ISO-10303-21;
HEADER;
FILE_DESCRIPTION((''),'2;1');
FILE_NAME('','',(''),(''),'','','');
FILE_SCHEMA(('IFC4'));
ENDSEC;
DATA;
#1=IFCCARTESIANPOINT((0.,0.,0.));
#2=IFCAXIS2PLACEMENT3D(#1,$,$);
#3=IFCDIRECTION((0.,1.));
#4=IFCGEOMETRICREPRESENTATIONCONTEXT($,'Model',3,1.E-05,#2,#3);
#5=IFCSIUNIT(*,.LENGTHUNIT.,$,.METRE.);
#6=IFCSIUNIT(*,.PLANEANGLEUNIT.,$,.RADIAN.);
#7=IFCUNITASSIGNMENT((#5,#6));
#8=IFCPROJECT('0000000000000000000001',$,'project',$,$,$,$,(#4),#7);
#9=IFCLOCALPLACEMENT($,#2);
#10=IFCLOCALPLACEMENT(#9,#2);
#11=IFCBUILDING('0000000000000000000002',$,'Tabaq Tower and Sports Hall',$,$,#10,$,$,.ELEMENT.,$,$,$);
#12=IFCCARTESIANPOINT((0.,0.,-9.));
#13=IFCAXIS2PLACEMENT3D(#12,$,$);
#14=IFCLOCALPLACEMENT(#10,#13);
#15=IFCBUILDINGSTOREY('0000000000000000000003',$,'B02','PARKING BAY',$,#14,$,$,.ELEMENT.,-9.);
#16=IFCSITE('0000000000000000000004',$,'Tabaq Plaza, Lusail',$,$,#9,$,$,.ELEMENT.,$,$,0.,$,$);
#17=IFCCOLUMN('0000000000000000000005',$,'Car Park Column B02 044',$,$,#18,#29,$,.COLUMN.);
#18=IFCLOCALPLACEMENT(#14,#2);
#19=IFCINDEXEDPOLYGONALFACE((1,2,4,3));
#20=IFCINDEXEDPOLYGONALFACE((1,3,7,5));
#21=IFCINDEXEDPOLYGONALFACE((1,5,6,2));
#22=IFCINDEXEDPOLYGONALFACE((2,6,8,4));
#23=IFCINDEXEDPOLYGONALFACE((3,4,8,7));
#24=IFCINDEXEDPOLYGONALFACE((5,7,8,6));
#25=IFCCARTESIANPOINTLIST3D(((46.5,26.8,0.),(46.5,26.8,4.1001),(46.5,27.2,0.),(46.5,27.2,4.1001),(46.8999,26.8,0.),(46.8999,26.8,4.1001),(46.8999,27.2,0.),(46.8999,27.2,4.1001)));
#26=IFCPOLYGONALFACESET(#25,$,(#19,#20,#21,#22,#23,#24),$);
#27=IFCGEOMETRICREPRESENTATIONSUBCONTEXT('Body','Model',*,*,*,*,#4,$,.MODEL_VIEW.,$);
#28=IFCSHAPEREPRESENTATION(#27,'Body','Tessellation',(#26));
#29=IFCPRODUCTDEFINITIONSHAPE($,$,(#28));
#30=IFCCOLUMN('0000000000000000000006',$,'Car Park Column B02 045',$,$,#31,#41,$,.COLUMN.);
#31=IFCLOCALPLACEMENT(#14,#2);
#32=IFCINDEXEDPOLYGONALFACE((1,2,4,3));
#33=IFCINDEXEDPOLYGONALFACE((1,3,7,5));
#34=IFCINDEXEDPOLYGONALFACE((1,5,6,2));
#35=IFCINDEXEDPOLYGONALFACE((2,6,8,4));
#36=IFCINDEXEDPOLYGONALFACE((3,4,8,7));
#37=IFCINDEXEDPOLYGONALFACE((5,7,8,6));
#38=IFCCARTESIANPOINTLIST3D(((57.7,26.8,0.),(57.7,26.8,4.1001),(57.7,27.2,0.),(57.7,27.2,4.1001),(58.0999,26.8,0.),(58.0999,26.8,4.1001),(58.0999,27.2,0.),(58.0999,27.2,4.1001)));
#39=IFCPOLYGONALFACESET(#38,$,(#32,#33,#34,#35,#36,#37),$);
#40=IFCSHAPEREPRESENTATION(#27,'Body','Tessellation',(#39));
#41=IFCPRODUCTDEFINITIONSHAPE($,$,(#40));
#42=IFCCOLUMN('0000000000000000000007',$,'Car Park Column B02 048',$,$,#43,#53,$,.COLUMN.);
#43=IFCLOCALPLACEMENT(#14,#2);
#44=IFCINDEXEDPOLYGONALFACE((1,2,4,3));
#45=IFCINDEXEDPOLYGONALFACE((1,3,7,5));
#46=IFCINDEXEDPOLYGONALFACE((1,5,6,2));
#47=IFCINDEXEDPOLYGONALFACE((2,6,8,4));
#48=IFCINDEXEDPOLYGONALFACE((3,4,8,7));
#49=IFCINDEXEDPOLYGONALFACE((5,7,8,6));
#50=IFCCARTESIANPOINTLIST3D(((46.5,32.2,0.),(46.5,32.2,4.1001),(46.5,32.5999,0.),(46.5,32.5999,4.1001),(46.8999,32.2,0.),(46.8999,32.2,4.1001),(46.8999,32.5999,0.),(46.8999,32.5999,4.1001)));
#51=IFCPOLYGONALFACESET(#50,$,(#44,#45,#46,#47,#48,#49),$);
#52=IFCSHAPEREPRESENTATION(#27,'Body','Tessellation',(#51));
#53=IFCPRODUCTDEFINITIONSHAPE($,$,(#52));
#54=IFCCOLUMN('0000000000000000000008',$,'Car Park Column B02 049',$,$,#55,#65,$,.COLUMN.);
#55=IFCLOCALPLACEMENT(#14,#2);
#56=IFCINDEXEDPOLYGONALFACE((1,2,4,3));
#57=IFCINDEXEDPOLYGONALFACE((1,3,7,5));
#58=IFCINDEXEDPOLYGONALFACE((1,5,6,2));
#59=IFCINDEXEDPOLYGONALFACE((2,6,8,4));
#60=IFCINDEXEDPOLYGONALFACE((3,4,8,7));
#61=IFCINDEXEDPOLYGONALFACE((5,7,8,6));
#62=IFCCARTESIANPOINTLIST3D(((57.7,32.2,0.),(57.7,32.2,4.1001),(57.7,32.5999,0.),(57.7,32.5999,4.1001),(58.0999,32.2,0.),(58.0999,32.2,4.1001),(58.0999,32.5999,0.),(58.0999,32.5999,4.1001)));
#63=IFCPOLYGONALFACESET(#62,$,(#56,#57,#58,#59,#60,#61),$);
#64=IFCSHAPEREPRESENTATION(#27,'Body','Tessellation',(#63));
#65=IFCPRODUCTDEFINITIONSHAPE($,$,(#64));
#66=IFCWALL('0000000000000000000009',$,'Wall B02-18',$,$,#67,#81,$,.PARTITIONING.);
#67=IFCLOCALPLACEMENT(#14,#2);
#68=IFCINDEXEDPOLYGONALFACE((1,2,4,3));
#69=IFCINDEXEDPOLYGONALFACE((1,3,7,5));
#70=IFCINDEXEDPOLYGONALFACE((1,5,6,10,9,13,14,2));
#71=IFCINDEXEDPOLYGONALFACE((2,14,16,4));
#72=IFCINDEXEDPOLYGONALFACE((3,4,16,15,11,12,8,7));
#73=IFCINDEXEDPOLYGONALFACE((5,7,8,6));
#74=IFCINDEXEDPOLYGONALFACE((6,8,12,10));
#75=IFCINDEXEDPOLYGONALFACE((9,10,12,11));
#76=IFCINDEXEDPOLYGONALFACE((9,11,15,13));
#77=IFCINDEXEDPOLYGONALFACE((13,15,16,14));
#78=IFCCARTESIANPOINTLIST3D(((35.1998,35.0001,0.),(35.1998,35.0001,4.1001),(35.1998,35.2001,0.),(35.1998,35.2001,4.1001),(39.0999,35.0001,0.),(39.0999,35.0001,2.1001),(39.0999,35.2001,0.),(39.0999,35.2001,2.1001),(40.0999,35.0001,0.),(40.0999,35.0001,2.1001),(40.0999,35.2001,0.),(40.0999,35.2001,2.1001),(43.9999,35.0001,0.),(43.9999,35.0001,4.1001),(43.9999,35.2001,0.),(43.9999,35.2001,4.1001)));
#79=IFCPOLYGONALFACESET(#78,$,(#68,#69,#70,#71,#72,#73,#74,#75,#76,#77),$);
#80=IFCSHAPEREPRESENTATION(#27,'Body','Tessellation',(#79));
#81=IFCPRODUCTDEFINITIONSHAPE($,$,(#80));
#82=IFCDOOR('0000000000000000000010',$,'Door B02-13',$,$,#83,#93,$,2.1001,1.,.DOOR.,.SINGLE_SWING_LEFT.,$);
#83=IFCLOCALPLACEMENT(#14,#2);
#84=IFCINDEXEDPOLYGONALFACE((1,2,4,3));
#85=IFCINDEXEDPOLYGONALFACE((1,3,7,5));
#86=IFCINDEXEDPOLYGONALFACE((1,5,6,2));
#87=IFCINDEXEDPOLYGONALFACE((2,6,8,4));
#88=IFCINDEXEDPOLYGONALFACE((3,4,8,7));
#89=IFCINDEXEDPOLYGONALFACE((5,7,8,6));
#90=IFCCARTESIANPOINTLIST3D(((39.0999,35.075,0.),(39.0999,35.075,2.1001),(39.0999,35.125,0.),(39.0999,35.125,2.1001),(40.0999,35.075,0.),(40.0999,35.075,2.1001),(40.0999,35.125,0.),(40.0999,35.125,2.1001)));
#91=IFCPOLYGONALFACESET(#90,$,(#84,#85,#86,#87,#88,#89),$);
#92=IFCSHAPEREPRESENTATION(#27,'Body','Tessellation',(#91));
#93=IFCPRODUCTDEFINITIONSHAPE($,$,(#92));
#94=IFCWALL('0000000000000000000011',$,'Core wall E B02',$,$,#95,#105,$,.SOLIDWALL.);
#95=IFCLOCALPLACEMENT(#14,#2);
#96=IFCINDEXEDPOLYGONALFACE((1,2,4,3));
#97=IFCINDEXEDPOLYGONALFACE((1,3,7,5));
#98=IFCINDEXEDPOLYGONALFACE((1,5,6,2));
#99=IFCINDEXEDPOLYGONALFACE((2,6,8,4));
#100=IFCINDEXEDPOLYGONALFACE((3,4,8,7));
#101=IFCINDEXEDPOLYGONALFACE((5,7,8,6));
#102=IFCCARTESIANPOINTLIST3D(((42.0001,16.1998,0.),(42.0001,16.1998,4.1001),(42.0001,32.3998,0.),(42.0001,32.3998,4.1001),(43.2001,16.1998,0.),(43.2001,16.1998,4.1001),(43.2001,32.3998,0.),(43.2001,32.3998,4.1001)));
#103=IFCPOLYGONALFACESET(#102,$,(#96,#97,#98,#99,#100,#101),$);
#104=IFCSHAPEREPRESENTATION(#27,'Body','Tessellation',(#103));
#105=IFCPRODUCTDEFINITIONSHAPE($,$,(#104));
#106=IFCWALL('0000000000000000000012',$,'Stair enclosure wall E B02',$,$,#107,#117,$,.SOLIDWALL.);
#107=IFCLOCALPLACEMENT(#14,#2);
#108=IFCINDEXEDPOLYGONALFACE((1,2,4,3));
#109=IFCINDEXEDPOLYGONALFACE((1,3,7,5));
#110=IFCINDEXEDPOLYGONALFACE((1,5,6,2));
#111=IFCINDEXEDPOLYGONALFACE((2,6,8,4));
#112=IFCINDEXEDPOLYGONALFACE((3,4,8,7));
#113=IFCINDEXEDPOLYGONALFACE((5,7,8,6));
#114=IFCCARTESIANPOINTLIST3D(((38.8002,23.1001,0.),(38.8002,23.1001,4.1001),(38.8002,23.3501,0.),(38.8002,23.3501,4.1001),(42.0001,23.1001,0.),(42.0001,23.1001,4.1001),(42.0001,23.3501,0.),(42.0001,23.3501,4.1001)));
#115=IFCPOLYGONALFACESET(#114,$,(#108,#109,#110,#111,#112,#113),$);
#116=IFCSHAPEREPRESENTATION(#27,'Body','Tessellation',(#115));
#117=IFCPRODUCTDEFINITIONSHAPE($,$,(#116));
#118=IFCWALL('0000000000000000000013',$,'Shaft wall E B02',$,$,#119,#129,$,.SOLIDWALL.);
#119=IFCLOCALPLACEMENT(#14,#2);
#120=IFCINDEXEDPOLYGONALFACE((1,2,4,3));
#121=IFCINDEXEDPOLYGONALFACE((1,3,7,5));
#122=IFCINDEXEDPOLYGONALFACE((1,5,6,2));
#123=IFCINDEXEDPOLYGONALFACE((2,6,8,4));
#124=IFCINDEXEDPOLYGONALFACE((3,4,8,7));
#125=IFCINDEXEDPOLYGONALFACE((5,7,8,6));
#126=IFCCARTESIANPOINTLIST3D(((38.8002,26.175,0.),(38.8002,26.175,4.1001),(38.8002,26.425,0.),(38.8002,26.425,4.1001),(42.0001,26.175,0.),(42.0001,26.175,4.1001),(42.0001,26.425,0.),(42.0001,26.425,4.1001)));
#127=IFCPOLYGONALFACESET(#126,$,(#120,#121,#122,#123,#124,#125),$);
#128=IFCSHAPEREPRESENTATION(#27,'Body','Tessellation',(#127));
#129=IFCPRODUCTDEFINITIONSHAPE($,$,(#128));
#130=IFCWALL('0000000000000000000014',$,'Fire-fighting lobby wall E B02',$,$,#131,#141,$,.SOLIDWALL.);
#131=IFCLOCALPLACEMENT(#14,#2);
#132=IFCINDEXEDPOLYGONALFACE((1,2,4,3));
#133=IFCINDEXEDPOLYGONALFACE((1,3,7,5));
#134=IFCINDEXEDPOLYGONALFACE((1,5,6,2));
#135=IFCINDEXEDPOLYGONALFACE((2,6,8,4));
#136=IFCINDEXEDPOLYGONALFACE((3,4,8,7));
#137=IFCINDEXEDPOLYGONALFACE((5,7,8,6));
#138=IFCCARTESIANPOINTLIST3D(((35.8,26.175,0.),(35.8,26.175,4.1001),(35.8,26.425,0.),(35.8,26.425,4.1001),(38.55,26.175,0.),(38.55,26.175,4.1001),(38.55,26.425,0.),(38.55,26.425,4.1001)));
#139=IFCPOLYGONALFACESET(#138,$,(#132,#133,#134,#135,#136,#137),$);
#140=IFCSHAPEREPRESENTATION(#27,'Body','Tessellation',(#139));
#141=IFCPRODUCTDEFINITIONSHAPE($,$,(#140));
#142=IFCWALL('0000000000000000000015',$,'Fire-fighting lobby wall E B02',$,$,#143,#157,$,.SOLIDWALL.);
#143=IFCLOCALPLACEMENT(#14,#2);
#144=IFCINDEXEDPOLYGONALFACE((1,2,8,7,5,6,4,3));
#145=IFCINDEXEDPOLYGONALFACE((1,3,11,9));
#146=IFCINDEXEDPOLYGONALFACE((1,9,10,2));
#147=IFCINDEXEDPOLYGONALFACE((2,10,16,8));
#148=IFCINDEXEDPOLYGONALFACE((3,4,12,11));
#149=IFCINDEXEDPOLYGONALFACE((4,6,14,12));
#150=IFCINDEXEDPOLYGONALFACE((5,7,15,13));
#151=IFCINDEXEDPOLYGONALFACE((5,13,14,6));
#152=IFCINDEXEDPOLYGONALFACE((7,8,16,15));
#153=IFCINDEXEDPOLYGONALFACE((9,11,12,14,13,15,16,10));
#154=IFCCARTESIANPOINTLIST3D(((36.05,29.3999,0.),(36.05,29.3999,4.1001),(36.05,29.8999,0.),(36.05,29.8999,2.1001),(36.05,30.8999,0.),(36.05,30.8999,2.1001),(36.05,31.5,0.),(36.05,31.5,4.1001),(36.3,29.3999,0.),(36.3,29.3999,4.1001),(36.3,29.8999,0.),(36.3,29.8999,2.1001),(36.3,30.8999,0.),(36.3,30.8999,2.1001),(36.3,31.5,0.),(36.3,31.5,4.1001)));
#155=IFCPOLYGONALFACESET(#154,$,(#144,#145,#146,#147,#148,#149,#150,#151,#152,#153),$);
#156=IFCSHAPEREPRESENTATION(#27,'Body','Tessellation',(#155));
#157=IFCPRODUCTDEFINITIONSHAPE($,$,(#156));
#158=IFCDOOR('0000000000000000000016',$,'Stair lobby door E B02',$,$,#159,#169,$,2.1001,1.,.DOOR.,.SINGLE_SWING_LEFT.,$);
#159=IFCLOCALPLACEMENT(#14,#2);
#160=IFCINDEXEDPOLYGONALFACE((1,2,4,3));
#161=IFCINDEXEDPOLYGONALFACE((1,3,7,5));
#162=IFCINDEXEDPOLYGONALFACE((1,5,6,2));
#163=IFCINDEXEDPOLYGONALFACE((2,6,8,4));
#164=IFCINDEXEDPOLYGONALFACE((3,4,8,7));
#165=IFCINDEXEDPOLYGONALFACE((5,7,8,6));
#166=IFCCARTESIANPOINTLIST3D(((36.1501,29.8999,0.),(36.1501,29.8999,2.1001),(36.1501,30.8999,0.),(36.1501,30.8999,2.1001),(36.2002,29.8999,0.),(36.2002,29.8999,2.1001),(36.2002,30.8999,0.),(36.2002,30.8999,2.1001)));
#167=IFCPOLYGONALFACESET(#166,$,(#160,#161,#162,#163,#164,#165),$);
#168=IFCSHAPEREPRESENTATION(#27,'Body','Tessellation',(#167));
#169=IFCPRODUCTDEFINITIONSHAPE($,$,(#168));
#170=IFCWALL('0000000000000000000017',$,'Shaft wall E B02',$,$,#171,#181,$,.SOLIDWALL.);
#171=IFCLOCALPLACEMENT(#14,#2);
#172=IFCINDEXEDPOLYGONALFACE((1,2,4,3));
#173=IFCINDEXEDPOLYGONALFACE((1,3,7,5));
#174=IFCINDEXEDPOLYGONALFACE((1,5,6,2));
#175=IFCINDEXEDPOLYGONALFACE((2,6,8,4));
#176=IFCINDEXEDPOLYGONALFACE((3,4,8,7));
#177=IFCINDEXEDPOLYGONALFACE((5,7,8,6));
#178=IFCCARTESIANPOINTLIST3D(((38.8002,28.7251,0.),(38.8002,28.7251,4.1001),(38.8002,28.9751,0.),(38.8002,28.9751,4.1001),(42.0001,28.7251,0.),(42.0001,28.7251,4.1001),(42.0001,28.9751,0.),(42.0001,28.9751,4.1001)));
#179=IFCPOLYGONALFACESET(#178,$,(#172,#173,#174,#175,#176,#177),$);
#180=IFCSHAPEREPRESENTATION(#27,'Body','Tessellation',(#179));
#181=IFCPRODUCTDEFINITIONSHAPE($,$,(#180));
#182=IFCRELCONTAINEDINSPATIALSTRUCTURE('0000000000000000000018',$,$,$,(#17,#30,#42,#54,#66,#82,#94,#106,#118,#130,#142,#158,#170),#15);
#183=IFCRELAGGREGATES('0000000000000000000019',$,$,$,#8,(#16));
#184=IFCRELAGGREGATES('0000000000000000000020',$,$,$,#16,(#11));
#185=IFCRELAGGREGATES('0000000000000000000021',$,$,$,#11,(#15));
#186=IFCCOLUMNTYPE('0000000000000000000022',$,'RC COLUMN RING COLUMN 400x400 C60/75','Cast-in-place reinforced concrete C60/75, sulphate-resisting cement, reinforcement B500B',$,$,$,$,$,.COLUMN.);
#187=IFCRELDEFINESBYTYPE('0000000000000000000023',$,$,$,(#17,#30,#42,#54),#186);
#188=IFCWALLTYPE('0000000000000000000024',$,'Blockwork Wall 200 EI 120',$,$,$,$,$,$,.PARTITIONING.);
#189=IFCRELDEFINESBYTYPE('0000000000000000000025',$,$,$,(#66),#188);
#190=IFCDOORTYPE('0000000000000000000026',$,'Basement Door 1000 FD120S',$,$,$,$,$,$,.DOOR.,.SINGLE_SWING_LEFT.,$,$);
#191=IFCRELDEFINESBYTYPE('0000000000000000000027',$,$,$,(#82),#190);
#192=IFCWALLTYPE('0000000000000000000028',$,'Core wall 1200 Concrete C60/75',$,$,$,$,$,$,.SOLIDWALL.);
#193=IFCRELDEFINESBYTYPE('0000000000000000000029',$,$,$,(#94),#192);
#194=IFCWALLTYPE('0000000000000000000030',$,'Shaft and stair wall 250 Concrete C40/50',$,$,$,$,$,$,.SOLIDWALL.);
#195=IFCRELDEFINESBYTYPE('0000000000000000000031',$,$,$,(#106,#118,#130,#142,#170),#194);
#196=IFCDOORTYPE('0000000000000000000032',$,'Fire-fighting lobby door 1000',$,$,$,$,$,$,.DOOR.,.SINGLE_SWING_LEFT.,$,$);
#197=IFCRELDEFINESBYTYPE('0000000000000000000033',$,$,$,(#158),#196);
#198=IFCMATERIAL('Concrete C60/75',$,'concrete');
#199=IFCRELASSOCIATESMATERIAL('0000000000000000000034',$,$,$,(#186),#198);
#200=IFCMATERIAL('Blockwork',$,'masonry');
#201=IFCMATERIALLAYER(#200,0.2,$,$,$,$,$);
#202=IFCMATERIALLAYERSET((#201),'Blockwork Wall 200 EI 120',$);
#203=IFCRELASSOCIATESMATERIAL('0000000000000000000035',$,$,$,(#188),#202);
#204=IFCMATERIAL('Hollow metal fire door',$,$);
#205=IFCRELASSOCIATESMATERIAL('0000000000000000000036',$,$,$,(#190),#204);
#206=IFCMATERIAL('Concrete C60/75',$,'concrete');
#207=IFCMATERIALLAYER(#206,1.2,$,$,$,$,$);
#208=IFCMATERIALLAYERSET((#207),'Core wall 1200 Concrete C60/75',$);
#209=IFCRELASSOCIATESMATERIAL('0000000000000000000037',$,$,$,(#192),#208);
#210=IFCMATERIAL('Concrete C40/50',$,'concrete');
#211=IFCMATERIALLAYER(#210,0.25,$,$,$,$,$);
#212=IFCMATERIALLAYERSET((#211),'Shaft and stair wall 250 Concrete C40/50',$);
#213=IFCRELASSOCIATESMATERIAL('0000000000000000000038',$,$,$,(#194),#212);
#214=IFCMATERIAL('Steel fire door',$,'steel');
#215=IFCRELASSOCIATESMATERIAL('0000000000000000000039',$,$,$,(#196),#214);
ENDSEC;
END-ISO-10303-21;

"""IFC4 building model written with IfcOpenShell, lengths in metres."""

from ifc_helpers import new_model, si_unit, direction, frame, frame_2d, origin, origin_2d, place, context, subcontext, project, spatial, rectangle, extrude, material, layer, layer_set, material_profile, profile_set, type_object, element, fill, save


model = new_model("IFC4")

# Units and contexts
model_context = context("Model", 3, precision=1e-05, world=origin(), true_north=direction((0.0, 1.0)))
body_context = subcontext(model_context, "Body", "Model", "MODEL_VIEW")
ifc_project = project(units=[si_unit("LENGTHUNIT", "METRE"), si_unit("PLANEANGLEUNIT", "RADIAN")], contexts=[model_context])

# Site, building, storey
site_placement = place(None, origin())
site = spatial("IfcSite", under=ifc_project, at=site_placement, Name="Tabaq Plaza, Lusail", CompositionType="ELEMENT", RefElevation=0.0)
building_placement = place(site_placement, origin())
building = spatial("IfcBuilding", under=site, at=building_placement, Name="Tabaq Tower and Sports Hall", CompositionType="ELEMENT")
storey_placement = place(building_placement, frame((0.0, 0.0, -9.0)))
storey = spatial("IfcBuildingStorey", under=building, at=storey_placement, Name="B02", Description="PARKING BAY", CompositionType="ELEMENT", Elevation=-9.0)

# Columns
ifc_material_1 = material(Name="Concrete C60/75", Category="concrete")
ifc_material_profile_1 = material_profile(ifc_material_1, rectangle(XDim=0.3999, YDim=0.3999, at=origin_2d()), Name="RING COLUMN 400x400")
ifc_profile_set_1 = profile_set([ifc_material_profile_1], Name="Concrete C60/75")
column_type = type_object("IfcColumnType", Name="RC COLUMN RING COLUMN 400x400 C60/75", Description="Cast-in-place reinforced concrete C60/75, sulphate-resisting cement, reinforcement B500B", PredefinedType="COLUMN", material=ifc_profile_set_1)
for number, where, z_axis, x_axis, name in (
    (1, (46.7, 27.0, 0.0), (0.0, 0.0, 1.0), (1.0, 0.0, 0.0), "Car Park Column B02 044"),
    (2, (57.8999, 27.0, 0.0), (0.0, 0.0, 1.0), (1.0, 0.0, 0.0), "Car Park Column B02 045"),
    (3, (46.7, 32.3999, 0.0), (0.0, 0.0, 1.0), (1.0, 0.0, 0.0), "Car Park Column B02 048"),
    (4, (57.8999, 32.3999, 0.0), (0.0, 0.0, 1.0), (1.0, 0.0, 0.0), "Car Park Column B02 049"),
):
    element("IfcColumn", number, at=place(storey_placement, frame(where, z_axis=z_axis, x_axis=x_axis)), inside=storey, type_object=column_type, Name=name, PredefinedType="COLUMN", context=body_context, shape_type="SweptSolid", body=[
        extrude(rectangle(XDim=0.3999, YDim=0.3999, at=origin_2d()), origin(), (0.0, 0.0, 1.0), 4.1001),
    ])

# Wall, opening, door
ifc_material_2 = material(Name="Blockwork", Category="masonry")
ifc_layer_1 = layer(ifc_material_2, 0.2)
ifc_layer_set_1 = layer_set([ifc_layer_1], Name="Blockwork Wall 200 EI 120")
wall_type_1 = type_object("IfcWallType", Name="Blockwork Wall 200 EI 120", PredefinedType="PARTITIONING", material=ifc_layer_set_1)
wall_1_placement = place(storey_placement, frame((35.2, 35.1001, 0.0), z_axis=(0.0, 0.0, 1.0), x_axis=(1.0, 0.0, 0.0)))
wall_1 = element("IfcWall", 5, at=wall_1_placement, inside=storey, type_object=wall_type_1, Name="Wall B02-18", PredefinedType="PARTITIONING", context=body_context, shape_type="SweptSolid", body=[
    extrude(rectangle(XDim=8.8, YDim=0.2, at=frame_2d((4.3999, 0.0))), origin(), (0.0, 0.0, 1.0), 4.1001),
])
opening_1_placement = place(wall_1_placement, frame((3.8999, 0.0, 0.0)))
opening_1 = element("IfcOpeningElement", 6, at=opening_1_placement, cuts=wall_1, PredefinedType="OPENING", context=body_context, shape_type="SweptSolid", body=[
    extrude(rectangle(XDim=1.0, YDim=2.1001, at=frame_2d((0.5, 1.05))), frame((0.0, 0.1099, 0.0), z_axis=(0.0, -1.0, 0.0), x_axis=(1.0, 0.0, 0.0)), (0.0, 0.0, 1.0), 0.22),
])
ifc_material_3 = material(Name="Hollow metal fire door")
door_type_1 = type_object("IfcDoorType", Name="Basement Door 1000 FD120S", OperationType="SINGLE_SWING_LEFT", PredefinedType="DOOR", material=ifc_material_3)
door_1_placement = place(opening_1_placement, origin())
door_1 = element("IfcDoor", 7, at=door_1_placement, inside=storey, type_object=door_type_1, Name="Door B02-13", OperationType="SINGLE_SWING_LEFT", OverallHeight=2.1001, OverallWidth=1.0, PredefinedType="DOOR", context=body_context, shape_type="SweptSolid", body=[
    extrude(rectangle(XDim=1.0, YDim=2.1001, at=frame_2d((0.5, 1.05))), frame((0.0, 0.0249, 0.0), z_axis=(0.0, -1.0, 0.0), x_axis=(1.0, 0.0, 0.0)), (0.0, 0.0, 1.0), 0.05),
])
fill(opening_1, door_1)

# Walls
ifc_material_4 = material(Name="Concrete C60/75", Category="concrete")
ifc_layer_2 = layer(ifc_material_4, 1.2)
ifc_layer_set_2 = layer_set([ifc_layer_2], Name="Core wall 1200 Concrete C60/75")
wall_type_2 = type_object("IfcWallType", Name="Core wall 1200 Concrete C60/75", PredefinedType="SOLIDWALL", material=ifc_layer_set_2)
wall_2_placement = place(storey_placement, frame((42.6001, 32.3999, 0.0), z_axis=(0.0, 0.0, 1.0), x_axis=(0.0, -1.0, 0.0)))
element("IfcWall", 8, at=wall_2_placement, inside=storey, type_object=wall_type_2, Name="Core wall E B02", PredefinedType="SOLIDWALL", context=body_context, shape_type="SweptSolid", body=[
    extrude(rectangle(XDim=16.2, YDim=1.2, at=frame_2d((8.1001, 0.0))), origin(), (0.0, 0.0, 1.0), 4.1001),
])
ifc_material_5 = material(Name="Concrete C40/50", Category="concrete")
ifc_layer_3 = layer(ifc_material_5, 0.25)
ifc_layer_set_3 = layer_set([ifc_layer_3], Name="Shaft and stair wall 250 Concrete C40/50")
wall_type_3 = type_object("IfcWallType", Name="Shaft and stair wall 250 Concrete C40/50", PredefinedType="SOLIDWALL", material=ifc_layer_set_3)
for number, where, z_axis, x_axis, name in (
    (9, (38.8, 23.2251, 0.0), (0.0, 0.0, 1.0), (1.0, 0.0, 0.0), "Stair enclosure wall E B02"),
    (10, (38.8, 26.3, 0.0), (0.0, 0.0, 1.0), (1.0, 0.0, 0.0), "Shaft wall E B02"),
):
    element("IfcWall", number, at=place(storey_placement, frame(where, z_axis=z_axis, x_axis=x_axis)), inside=storey, type_object=wall_type_3, Name=name, PredefinedType="SOLIDWALL", context=body_context, shape_type="SweptSolid", body=[
        extrude(rectangle(XDim=3.2, YDim=0.25, at=frame_2d((1.6001, 0.0))), origin(), (0.0, 0.0, 1.0), 4.1001),
    ])
wall_3_placement = place(storey_placement, frame((35.8, 26.3, 0.0), z_axis=(0.0, 0.0, 1.0), x_axis=(1.0, 0.0, 0.0)))
element("IfcWall", 11, at=wall_3_placement, inside=storey, type_object=wall_type_3, Name="Fire-fighting lobby wall E B02", PredefinedType="SOLIDWALL", context=body_context, shape_type="SweptSolid", body=[
    extrude(rectangle(XDim=2.75, YDim=0.25, at=frame_2d((1.375, 0.0))), origin(), (0.0, 0.0, 1.0), 4.1001),
])

# Wall, opening, door
wall_4_placement = place(storey_placement, frame((36.175, 29.3999, 0.0), z_axis=(0.0, 0.0, 1.0), x_axis=(0.0, 1.0, 0.0)))
wall_4 = element("IfcWall", 12, at=wall_4_placement, inside=storey, type_object=wall_type_3, Name="Fire-fighting lobby wall E B02", PredefinedType="SOLIDWALL", context=body_context, shape_type="SweptSolid", body=[
    extrude(rectangle(XDim=2.1001, YDim=0.25, at=frame_2d((1.05, 0.0))), origin(), (0.0, 0.0, 1.0), 4.1001),
])
opening_2_placement = place(wall_4_placement, frame((0.5, 0.0, 0.0)))
opening_2 = element("IfcOpeningElement", 13, at=opening_2_placement, cuts=wall_4, PredefinedType="OPENING", context=body_context, shape_type="SweptSolid", body=[
    extrude(rectangle(XDim=1.0, YDim=2.1001, at=frame_2d((0.5, 1.05))), frame((0.0, 0.125, 0.0), z_axis=(0.0, -1.0, 0.0), x_axis=(1.0, 0.0, 0.0)), (0.0, 0.0, 1.0), 0.25),
])
ifc_material_6 = material(Name="Steel fire door", Category="steel")
door_type_2 = type_object("IfcDoorType", Name="Fire-fighting lobby door 1000", OperationType="SINGLE_SWING_LEFT", PredefinedType="DOOR", material=ifc_material_6)
door_2_placement = place(opening_2_placement, origin())
door_2 = element("IfcDoor", 14, at=door_2_placement, inside=storey, type_object=door_type_2, Name="Stair lobby door E B02", OperationType="SINGLE_SWING_LEFT", OverallHeight=2.1001, OverallWidth=1.0, PredefinedType="DOOR", context=body_context, shape_type="SweptSolid", body=[
    extrude(rectangle(XDim=1.0, YDim=2.1001, at=frame_2d((0.5, 1.05))), frame((0.0, 0.0249, 0.0), z_axis=(0.0, -1.0, 0.0), x_axis=(1.0, 0.0, 0.0)), (0.0, 0.0, 1.0), 0.05),
])
fill(opening_2, door_2)

# Wall
wall_5_placement = place(storey_placement, frame((38.8, 28.8501, 0.0), z_axis=(0.0, 0.0, 1.0), x_axis=(1.0, 0.0, 0.0)))
element("IfcWall", 15, at=wall_5_placement, inside=storey, type_object=wall_type_3, Name="Shaft wall E B02", PredefinedType="SOLIDWALL", context=body_context, shape_type="SweptSolid", body=[
    extrude(rectangle(XDim=3.2, YDim=0.25, at=frame_2d((1.6001, 0.0))), origin(), (0.0, 0.0, 1.0), 4.1001),
])

save(model, "model.ifc")
